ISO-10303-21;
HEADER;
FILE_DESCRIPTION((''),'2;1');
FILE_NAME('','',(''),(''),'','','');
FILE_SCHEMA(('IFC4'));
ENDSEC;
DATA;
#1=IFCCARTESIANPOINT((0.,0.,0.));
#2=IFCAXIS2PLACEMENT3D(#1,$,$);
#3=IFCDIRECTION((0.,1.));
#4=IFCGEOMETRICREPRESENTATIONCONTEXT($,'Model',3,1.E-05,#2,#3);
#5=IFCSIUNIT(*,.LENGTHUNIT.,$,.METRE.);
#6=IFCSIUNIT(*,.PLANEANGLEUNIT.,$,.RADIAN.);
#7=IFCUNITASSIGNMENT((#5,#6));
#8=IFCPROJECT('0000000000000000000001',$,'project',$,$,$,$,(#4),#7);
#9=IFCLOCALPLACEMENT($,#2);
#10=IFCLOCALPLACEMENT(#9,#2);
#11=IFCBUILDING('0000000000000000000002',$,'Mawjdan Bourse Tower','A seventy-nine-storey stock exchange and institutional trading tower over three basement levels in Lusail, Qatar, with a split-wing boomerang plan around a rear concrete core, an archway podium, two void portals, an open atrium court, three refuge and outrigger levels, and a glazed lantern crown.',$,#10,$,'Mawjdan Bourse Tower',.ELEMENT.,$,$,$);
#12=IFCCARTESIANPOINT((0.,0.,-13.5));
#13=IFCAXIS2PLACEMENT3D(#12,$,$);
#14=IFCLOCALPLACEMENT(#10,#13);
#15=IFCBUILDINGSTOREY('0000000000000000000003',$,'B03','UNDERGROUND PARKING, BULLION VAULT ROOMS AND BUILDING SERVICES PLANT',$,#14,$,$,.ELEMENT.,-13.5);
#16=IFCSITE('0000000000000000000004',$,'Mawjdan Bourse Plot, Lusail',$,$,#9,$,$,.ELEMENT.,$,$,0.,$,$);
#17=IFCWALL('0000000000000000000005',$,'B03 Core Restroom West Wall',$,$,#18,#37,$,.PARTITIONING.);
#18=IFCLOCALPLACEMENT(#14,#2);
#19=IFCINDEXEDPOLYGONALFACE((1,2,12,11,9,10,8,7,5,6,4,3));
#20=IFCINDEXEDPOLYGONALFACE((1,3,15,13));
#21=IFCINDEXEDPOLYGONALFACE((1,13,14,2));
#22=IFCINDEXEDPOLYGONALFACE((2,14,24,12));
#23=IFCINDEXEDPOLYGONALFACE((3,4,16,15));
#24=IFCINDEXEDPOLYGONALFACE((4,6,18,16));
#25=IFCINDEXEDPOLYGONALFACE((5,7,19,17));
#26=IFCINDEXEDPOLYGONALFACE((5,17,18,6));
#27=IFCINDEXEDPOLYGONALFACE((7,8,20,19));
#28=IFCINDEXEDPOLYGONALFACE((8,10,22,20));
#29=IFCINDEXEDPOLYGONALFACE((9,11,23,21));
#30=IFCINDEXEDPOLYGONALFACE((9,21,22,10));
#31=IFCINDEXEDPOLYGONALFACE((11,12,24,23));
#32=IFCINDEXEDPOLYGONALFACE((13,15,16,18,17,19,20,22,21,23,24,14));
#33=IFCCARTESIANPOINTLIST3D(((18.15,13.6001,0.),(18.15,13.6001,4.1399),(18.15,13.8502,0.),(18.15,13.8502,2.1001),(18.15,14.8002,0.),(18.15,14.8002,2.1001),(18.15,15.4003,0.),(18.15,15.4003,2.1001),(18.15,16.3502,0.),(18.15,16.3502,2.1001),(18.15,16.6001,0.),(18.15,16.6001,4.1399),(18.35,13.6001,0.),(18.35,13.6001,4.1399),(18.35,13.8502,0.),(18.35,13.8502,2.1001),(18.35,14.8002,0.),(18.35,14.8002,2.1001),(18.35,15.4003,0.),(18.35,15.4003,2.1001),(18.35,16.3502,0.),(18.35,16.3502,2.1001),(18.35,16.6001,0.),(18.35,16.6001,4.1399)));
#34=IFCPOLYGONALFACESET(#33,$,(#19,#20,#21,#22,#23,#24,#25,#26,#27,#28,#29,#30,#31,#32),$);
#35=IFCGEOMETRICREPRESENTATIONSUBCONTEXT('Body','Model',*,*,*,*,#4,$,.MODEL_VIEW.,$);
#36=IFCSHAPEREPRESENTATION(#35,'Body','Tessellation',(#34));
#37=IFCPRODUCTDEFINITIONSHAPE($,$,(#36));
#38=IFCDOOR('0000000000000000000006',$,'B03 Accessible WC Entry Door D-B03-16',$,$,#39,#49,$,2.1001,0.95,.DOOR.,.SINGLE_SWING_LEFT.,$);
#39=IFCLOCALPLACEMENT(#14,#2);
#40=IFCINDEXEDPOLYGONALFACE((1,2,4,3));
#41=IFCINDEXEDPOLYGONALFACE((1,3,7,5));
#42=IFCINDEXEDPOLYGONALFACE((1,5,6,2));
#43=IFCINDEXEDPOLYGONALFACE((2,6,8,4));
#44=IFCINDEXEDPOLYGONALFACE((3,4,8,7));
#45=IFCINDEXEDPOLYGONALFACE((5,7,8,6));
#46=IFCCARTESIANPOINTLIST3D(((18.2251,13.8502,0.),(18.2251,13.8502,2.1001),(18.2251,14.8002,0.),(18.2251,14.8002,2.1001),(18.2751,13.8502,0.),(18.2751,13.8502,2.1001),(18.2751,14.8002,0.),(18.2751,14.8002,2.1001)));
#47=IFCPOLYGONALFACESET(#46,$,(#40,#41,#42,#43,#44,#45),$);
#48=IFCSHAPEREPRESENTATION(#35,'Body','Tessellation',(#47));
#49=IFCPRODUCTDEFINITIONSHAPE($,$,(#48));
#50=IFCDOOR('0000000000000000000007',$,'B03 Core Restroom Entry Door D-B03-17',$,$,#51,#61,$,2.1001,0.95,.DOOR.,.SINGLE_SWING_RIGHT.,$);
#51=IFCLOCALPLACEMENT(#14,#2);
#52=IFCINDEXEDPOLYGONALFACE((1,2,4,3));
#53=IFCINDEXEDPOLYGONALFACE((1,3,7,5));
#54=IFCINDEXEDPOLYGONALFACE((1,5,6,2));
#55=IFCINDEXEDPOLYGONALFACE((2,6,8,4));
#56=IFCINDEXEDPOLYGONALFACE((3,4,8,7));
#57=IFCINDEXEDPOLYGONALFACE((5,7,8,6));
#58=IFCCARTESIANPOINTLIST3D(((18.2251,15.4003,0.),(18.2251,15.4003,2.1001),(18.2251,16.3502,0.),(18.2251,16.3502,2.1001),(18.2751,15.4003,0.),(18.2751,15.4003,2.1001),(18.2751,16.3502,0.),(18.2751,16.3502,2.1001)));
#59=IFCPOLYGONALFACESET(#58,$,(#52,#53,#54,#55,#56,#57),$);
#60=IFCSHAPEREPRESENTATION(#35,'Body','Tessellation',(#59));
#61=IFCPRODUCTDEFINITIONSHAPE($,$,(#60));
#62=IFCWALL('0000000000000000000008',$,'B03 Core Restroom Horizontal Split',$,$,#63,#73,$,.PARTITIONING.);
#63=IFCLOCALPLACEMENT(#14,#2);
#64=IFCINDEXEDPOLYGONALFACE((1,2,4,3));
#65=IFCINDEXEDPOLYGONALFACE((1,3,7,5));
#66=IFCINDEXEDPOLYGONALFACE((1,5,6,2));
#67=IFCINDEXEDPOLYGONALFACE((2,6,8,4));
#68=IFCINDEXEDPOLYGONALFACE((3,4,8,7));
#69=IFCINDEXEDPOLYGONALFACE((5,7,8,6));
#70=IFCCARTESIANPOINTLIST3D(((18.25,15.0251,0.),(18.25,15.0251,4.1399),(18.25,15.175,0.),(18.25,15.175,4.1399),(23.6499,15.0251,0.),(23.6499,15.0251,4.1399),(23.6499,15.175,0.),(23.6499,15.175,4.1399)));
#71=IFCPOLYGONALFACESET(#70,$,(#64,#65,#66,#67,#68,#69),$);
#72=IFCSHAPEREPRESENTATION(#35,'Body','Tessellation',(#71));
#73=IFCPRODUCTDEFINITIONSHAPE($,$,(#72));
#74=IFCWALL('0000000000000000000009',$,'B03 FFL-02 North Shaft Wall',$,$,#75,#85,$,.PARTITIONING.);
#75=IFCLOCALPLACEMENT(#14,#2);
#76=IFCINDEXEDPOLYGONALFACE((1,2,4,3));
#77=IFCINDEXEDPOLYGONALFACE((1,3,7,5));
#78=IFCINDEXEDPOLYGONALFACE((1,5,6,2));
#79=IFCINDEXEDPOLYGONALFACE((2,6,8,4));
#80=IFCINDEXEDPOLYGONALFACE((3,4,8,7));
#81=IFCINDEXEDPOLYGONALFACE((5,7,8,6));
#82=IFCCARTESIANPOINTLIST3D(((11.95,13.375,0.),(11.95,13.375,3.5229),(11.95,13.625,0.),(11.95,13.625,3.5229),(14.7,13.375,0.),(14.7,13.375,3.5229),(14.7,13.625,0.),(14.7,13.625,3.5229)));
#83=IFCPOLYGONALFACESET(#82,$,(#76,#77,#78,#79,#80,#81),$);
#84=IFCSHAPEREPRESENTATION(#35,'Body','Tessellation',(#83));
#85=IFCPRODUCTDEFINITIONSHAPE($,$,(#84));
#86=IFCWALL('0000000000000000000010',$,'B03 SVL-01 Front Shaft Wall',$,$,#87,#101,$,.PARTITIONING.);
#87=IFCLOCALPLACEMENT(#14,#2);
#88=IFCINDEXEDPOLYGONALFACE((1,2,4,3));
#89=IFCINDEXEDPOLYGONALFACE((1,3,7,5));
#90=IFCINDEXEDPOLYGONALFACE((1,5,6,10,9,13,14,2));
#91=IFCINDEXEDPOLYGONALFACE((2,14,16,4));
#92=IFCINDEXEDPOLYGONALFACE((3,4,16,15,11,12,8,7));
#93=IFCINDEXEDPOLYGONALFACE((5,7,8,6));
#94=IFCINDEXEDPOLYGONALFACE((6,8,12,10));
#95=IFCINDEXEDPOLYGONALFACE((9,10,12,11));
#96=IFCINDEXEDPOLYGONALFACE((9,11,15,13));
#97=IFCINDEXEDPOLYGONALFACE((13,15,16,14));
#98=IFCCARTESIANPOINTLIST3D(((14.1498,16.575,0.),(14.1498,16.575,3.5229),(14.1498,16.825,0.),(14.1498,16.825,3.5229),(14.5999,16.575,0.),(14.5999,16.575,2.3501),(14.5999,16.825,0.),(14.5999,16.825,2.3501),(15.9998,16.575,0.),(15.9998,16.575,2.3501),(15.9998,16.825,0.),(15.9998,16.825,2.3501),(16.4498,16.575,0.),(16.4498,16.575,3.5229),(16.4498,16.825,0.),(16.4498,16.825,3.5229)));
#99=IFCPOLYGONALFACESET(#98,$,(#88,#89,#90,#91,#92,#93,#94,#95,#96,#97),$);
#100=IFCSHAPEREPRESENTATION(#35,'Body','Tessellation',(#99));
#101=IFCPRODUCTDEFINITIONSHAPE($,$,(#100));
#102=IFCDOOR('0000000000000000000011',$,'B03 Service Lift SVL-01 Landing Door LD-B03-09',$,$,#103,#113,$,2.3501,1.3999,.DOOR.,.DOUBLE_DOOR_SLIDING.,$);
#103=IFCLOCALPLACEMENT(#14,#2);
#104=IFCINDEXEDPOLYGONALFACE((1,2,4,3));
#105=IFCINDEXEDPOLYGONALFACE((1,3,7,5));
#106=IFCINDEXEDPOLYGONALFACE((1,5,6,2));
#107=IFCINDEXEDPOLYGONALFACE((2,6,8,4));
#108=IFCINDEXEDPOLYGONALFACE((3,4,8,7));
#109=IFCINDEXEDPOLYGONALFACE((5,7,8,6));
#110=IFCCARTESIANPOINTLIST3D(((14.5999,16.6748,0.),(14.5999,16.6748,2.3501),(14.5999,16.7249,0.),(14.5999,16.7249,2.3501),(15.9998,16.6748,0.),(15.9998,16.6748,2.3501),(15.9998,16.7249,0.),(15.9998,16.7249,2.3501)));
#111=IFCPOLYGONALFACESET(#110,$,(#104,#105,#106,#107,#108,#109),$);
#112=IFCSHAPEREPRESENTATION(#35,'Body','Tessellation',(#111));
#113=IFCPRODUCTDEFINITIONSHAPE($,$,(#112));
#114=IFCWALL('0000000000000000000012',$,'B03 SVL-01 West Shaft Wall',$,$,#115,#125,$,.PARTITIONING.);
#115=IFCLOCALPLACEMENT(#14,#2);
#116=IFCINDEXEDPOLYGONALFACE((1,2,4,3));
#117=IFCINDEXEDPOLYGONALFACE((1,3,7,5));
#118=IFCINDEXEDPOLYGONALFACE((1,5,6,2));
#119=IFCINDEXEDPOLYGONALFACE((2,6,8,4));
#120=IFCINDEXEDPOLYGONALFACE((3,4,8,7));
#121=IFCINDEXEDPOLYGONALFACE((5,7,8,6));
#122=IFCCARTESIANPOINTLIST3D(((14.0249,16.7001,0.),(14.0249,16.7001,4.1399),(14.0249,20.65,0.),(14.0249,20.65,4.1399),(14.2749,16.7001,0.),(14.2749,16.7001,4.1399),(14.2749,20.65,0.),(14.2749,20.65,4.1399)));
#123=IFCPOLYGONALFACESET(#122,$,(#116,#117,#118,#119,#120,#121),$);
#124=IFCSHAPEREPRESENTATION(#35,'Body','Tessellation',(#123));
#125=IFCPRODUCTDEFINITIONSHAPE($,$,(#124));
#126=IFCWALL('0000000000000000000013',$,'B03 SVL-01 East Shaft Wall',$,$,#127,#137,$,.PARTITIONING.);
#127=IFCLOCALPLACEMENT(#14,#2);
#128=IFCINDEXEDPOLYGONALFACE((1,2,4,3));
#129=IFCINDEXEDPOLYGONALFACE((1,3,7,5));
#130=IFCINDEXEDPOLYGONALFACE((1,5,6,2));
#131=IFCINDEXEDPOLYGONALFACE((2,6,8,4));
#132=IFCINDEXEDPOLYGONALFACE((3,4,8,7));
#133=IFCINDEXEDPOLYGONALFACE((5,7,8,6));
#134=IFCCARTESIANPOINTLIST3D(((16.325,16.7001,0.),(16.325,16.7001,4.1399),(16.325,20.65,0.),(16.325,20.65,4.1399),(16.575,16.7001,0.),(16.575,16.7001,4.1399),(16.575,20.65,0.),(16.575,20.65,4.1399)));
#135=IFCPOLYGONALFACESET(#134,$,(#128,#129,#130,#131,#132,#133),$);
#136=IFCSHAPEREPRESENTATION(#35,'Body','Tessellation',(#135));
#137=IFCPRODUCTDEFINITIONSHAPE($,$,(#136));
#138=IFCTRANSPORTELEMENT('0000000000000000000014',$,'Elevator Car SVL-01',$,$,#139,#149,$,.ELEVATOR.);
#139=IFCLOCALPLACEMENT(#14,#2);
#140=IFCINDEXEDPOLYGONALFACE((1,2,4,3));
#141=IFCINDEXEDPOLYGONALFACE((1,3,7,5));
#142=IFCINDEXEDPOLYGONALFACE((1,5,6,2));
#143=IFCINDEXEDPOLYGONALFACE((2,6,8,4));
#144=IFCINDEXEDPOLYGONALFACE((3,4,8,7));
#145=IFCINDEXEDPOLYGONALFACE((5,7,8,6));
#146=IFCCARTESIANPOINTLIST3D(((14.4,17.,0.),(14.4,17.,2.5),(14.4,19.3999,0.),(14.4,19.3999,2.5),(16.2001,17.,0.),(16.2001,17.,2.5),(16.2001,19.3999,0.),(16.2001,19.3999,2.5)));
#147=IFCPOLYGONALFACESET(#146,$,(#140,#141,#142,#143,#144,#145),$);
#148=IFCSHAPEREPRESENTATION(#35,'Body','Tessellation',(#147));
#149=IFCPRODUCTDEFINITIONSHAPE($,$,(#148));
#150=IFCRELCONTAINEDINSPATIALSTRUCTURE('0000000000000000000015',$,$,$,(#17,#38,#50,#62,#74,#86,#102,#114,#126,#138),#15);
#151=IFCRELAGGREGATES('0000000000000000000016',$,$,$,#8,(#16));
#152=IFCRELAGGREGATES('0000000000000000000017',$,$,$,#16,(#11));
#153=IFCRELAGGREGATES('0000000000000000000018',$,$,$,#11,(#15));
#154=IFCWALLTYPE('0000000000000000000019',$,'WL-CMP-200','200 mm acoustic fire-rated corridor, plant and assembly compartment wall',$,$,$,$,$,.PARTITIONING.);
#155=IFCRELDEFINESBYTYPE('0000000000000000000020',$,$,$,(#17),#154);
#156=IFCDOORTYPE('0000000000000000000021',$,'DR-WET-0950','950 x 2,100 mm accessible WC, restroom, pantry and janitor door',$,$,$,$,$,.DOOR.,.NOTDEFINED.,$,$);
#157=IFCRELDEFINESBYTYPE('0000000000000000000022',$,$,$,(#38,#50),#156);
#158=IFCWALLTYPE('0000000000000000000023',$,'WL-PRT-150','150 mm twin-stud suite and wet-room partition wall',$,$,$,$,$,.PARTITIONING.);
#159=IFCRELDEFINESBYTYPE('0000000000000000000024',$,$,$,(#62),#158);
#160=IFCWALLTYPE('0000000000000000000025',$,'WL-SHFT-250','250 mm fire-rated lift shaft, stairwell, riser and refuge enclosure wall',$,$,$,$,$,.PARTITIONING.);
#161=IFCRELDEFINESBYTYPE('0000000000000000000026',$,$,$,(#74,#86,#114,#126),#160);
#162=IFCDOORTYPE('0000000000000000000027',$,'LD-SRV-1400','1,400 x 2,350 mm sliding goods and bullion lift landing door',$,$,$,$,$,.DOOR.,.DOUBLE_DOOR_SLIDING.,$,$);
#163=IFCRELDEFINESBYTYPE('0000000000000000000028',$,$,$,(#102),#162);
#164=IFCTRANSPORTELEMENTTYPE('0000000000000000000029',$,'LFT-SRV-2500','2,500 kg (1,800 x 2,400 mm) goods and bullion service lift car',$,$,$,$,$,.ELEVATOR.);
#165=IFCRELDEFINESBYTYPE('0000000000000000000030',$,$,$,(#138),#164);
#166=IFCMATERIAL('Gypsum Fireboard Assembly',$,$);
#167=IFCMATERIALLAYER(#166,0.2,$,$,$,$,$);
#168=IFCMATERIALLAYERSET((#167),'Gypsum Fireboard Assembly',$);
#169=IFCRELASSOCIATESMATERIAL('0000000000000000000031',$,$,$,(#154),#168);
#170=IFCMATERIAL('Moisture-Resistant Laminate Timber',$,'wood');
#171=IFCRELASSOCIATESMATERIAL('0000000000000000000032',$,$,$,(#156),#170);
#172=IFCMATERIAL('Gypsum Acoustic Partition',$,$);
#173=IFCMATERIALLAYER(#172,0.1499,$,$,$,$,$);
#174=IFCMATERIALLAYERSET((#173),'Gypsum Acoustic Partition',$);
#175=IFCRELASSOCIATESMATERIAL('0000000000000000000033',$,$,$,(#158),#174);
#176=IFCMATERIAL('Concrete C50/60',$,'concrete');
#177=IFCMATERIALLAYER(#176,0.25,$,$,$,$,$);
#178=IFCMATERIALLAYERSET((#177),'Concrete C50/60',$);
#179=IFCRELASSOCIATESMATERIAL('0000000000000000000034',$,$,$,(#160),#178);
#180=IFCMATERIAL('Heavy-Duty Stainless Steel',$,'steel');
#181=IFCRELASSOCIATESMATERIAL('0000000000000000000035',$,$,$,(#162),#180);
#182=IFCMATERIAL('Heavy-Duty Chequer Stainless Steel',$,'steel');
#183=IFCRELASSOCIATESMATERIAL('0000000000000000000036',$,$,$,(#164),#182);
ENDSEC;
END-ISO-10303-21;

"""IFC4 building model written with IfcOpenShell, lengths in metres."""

from ifc_helpers import new_model, si_unit, direction, frame, frame_2d, origin, origin_2d, place, context, subcontext, project, spatial, rectangle, extrude, material, layer, layer_set, type_object, element, fill, save


model = new_model("IFC4")

# Units and contexts
model_context = context("Model", 3, precision=1e-05, world=origin(), true_north=direction((0.0, 1.0)))
body_context = subcontext(model_context, "Body", "Model", "MODEL_VIEW")
ifc_project = project(units=[si_unit("LENGTHUNIT", "METRE"), si_unit("PLANEANGLEUNIT", "RADIAN")], contexts=[model_context])

# Site, building, storey
site_placement = place(None, origin())
site = spatial("IfcSite", under=ifc_project, at=site_placement, Name="Mawjdan Bourse Plot, Lusail", CompositionType="ELEMENT", RefElevation=0.0)
building_placement = place(site_placement, origin())
building = spatial("IfcBuilding", under=site, at=building_placement, Name="Mawjdan Bourse Tower", Description="A seventy-nine-storey stock exchange and institutional trading tower over three basement levels in Lusail, Qatar, with a split-wing boomerang plan around a rear concrete core, an archway podium, two void portals, an open atrium court, three refuge and outrigger levels, and a glazed lantern crown.", LongName="Mawjdan Bourse Tower", CompositionType="ELEMENT")
storey_placement = place(building_placement, frame((0.0, 0.0, -13.5)))
storey = spatial("IfcBuildingStorey", under=building, at=storey_placement, Name="B03", Description="UNDERGROUND PARKING, BULLION VAULT ROOMS AND BUILDING SERVICES PLANT", CompositionType="ELEMENT", Elevation=-13.5)

# Shared definitions
ifc_material_1 = material(Name="Gypsum Fireboard Assembly")
ifc_layer_1 = layer(ifc_material_1, 0.2)
ifc_layer_set_1 = layer_set([ifc_layer_1], Name="Gypsum Fireboard Assembly")
wall_type_1 = type_object("IfcWallType", Name="WL-CMP-200", Description="200 mm acoustic fire-rated corridor, plant and assembly compartment wall", PredefinedType="PARTITIONING", material=ifc_layer_set_1)

# Wall, openings, doors
wall_1_placement = place(storey_placement, frame((18.25, 13.6001, 0.0), z_axis=(0.0, 0.0, 1.0), x_axis=(0.0, 1.0, 0.0)))
wall_1 = element("IfcWall", 1, at=wall_1_placement, inside=storey, type_object=wall_type_1, Name="B03 Core Restroom West Wall", PredefinedType="PARTITIONING", context=body_context, shape_type="SweptSolid", body=[
    extrude(rectangle(XDim=3.0, YDim=0.2, at=frame_2d((1.5, 0.0))), origin(), (0.0, 0.0, 1.0), 4.1399),
])
opening_1_placement = place(wall_1_placement, frame((0.25, 0.0, 0.0)))
opening_1 = element("IfcOpeningElement", 2, at=opening_1_placement, cuts=wall_1, PredefinedType="OPENING", context=body_context, shape_type="SweptSolid", body=[
    extrude(rectangle(XDim=0.95, YDim=2.1001, at=frame_2d((0.4751, 1.05))), frame((0.0, 0.1099, 0.0), z_axis=(0.0, -1.0, 0.0), x_axis=(1.0, 0.0, 0.0)), (0.0, 0.0, 1.0), 0.22),
])
opening_2_placement = place(wall_1_placement, frame((1.8, 0.0, 0.0)))
opening_2 = element("IfcOpeningElement", 3, at=opening_2_placement, cuts=wall_1, PredefinedType="OPENING", context=body_context, shape_type="SweptSolid", body=[
    extrude(rectangle(XDim=0.95, YDim=2.1001, at=frame_2d((0.4751, 1.05))), frame((0.0, 0.1099, 0.0), z_axis=(0.0, -1.0, 0.0), x_axis=(1.0, 0.0, 0.0)), (0.0, 0.0, 1.0), 0.22),
])
ifc_material_2 = material(Name="Moisture-Resistant Laminate Timber", Category="wood")
door_type_1 = type_object("IfcDoorType", Name="DR-WET-0950", Description="950 x 2,100 mm accessible WC, restroom, pantry and janitor door", OperationType="NOTDEFINED", PredefinedType="DOOR", material=ifc_material_2)
door_1_placement = place(opening_1_placement, origin())
door_1 = element("IfcDoor", 4, at=door_1_placement, inside=storey, type_object=door_type_1, Name="B03 Accessible WC Entry Door D-B03-16", OperationType="SINGLE_SWING_LEFT", OverallHeight=2.1001, OverallWidth=0.95, PredefinedType="DOOR", context=body_context, shape_type="SweptSolid", body=[
    extrude(rectangle(XDim=0.95, YDim=2.1001, at=frame_2d((0.4751, 1.05))), frame((0.0, 0.0249, 0.0), z_axis=(0.0, -1.0, 0.0), x_axis=(1.0, 0.0, 0.0)), (0.0, 0.0, 1.0), 0.05),
])
fill(opening_1, door_1)
door_2_placement = place(opening_2_placement, origin())
door_2 = element("IfcDoor", 5, at=door_2_placement, inside=storey, type_object=door_type_1, Name="B03 Core Restroom Entry Door D-B03-17", OperationType="SINGLE_SWING_RIGHT", OverallHeight=2.1001, OverallWidth=0.95, PredefinedType="DOOR", context=body_context, shape_type="SweptSolid", body=[
    extrude(rectangle(XDim=0.95, YDim=2.1001, at=frame_2d((0.4751, 1.05))), frame((0.0, 0.0249, 0.0), z_axis=(0.0, -1.0, 0.0), x_axis=(1.0, 0.0, 0.0)), (0.0, 0.0, 1.0), 0.05),
])
fill(opening_2, door_2)

# Walls
ifc_material_3 = material(Name="Gypsum Acoustic Partition")
ifc_layer_2 = layer(ifc_material_3, 0.1499)
ifc_layer_set_2 = layer_set([ifc_layer_2], Name="Gypsum Acoustic Partition")
wall_type_2 = type_object("IfcWallType", Name="WL-PRT-150", Description="150 mm twin-stud suite and wet-room partition wall", PredefinedType="PARTITIONING", material=ifc_layer_set_2)
wall_2_placement = place(storey_placement, frame((18.25, 15.1001, 0.0), z_axis=(0.0, 0.0, 1.0), x_axis=(1.0, 0.0, 0.0)))
element("IfcWall", 6, at=wall_2_placement, inside=storey, type_object=wall_type_2, Name="B03 Core Restroom Horizontal Split", PredefinedType="PARTITIONING", context=body_context, shape_type="SweptSolid", body=[
    extrude(rectangle(XDim=5.3999, YDim=0.1499, at=frame_2d((2.7, 0.0))), origin(), (0.0, 0.0, 1.0), 4.1399),
])
ifc_material_4 = material(Name="Concrete C50/60", Category="concrete")
ifc_layer_3 = layer(ifc_material_4, 0.25)
ifc_layer_set_3 = layer_set([ifc_layer_3], Name="Concrete C50/60")
wall_type_3 = type_object("IfcWallType", Name="WL-SHFT-250", Description="250 mm fire-rated lift shaft, stairwell, riser and refuge enclosure wall", PredefinedType="PARTITIONING", material=ifc_layer_set_3)
wall_3_placement = place(storey_placement, frame((11.95, 13.5, 0.0), z_axis=(0.0, 0.0, 1.0), x_axis=(1.0, 0.0, 0.0)))
element("IfcWall", 7, at=wall_3_placement, inside=storey, type_object=wall_type_3, Name="B03 FFL-02 North Shaft Wall", PredefinedType="PARTITIONING", context=body_context, shape_type="SweptSolid", body=[
    extrude(rectangle(XDim=2.75, YDim=0.25, at=frame_2d((1.375, 0.0))), origin(), (0.0, 0.0, 1.0), 3.5229),
])

# Wall, opening, door
wall_4_placement = place(storey_placement, frame((14.1499, 16.7, 0.0), z_axis=(0.0, 0.0, 1.0), x_axis=(1.0, 0.0, 0.0)))
wall_4 = element("IfcWall", 8, at=wall_4_placement, inside=storey, type_object=wall_type_3, Name="B03 SVL-01 Front Shaft Wall", PredefinedType="PARTITIONING", context=body_context, shape_type="SweptSolid", body=[
    extrude(rectangle(XDim=2.3, YDim=0.25, at=frame_2d((1.1499, 0.0))), origin(), (0.0, 0.0, 1.0), 3.5229),
])
opening_3_placement = place(wall_4_placement, frame((0.45, 0.0, 0.0)))
opening_3 = element("IfcOpeningElement", 9, at=opening_3_placement, cuts=wall_4, PredefinedType="OPENING", context=body_context, shape_type="SweptSolid", body=[
    extrude(rectangle(XDim=1.3999, YDim=2.3501, at=frame_2d((0.7, 1.175))), frame((0.0, 0.135, 0.0), z_axis=(0.0, -1.0, 0.0), x_axis=(1.0, 0.0, 0.0)), (0.0, 0.0, 1.0), 0.27),
])
ifc_material_5 = material(Name="Heavy-Duty Stainless Steel", Category="steel")
door_type_2 = type_object("IfcDoorType", Name="LD-SRV-1400", Description="1,400 x 2,350 mm sliding goods and bullion lift landing door", OperationType="DOUBLE_DOOR_SLIDING", PredefinedType="DOOR", material=ifc_material_5)
door_3_placement = place(opening_3_placement, origin())
door_3 = element("IfcDoor", 10, at=door_3_placement, inside=storey, type_object=door_type_2, Name="B03 Service Lift SVL-01 Landing Door LD-B03-09", OperationType="DOUBLE_DOOR_SLIDING", OverallHeight=2.3501, OverallWidth=1.3999, PredefinedType="DOOR", context=body_context, shape_type="SweptSolid", body=[
    extrude(rectangle(XDim=1.3999, YDim=2.3501, at=frame_2d((0.7, 1.175))), frame((0.0, 0.0249, 0.0), z_axis=(0.0, -1.0, 0.0), x_axis=(1.0, 0.0, 0.0)), (0.0, 0.0, 1.0), 0.05),
])
fill(opening_3, door_3)

# Walls
for number, where, z_axis, x_axis, name in (
    (11, (14.1499, 16.7, 0.0), (0.0, 0.0, 1.0), (0.0, 1.0, 0.0), "B03 SVL-01 West Shaft Wall"),
    (12, (16.45, 16.7, 0.0), (0.0, 0.0, 1.0), (0.0, 1.0, 0.0), "B03 SVL-01 East Shaft Wall"),
):
    element("IfcWall", number, at=place(storey_placement, frame(where, z_axis=z_axis, x_axis=x_axis)), inside=storey, type_object=wall_type_3, Name=name, PredefinedType="PARTITIONING", context=body_context, shape_type="SweptSolid", body=[
        extrude(rectangle(XDim=3.95, YDim=0.25, at=frame_2d((1.9751, 0.0))), origin(), (0.0, 0.0, 1.0), 4.1399),
    ])

# Transport element
ifc_material_6 = material(Name="Heavy-Duty Chequer Stainless Steel", Category="steel")
transport_element_type = type_object("IfcTransportElementType", Name="LFT-SRV-2500", Description="2,500 kg (1,800 x 2,400 mm) goods and bullion service lift car", PredefinedType="ELEVATOR", material=ifc_material_6)
transport_element_placement = place(storey_placement, frame((15.3, 18.2, 0.0), z_axis=(0.0, 0.0, 1.0), x_axis=(1.0, 0.0, 0.0)))
element("IfcTransportElement", 13, at=transport_element_placement, inside=storey, type_object=transport_element_type, Name="Elevator Car SVL-01", PredefinedType="ELEVATOR", context=body_context, shape_type="SweptSolid", body=[
    extrude(rectangle(XDim=1.8, YDim=2.3999, at=origin_2d()), origin(), (0.0, 0.0, 1.0), 2.5),
])

save(model, "model.ifc")
